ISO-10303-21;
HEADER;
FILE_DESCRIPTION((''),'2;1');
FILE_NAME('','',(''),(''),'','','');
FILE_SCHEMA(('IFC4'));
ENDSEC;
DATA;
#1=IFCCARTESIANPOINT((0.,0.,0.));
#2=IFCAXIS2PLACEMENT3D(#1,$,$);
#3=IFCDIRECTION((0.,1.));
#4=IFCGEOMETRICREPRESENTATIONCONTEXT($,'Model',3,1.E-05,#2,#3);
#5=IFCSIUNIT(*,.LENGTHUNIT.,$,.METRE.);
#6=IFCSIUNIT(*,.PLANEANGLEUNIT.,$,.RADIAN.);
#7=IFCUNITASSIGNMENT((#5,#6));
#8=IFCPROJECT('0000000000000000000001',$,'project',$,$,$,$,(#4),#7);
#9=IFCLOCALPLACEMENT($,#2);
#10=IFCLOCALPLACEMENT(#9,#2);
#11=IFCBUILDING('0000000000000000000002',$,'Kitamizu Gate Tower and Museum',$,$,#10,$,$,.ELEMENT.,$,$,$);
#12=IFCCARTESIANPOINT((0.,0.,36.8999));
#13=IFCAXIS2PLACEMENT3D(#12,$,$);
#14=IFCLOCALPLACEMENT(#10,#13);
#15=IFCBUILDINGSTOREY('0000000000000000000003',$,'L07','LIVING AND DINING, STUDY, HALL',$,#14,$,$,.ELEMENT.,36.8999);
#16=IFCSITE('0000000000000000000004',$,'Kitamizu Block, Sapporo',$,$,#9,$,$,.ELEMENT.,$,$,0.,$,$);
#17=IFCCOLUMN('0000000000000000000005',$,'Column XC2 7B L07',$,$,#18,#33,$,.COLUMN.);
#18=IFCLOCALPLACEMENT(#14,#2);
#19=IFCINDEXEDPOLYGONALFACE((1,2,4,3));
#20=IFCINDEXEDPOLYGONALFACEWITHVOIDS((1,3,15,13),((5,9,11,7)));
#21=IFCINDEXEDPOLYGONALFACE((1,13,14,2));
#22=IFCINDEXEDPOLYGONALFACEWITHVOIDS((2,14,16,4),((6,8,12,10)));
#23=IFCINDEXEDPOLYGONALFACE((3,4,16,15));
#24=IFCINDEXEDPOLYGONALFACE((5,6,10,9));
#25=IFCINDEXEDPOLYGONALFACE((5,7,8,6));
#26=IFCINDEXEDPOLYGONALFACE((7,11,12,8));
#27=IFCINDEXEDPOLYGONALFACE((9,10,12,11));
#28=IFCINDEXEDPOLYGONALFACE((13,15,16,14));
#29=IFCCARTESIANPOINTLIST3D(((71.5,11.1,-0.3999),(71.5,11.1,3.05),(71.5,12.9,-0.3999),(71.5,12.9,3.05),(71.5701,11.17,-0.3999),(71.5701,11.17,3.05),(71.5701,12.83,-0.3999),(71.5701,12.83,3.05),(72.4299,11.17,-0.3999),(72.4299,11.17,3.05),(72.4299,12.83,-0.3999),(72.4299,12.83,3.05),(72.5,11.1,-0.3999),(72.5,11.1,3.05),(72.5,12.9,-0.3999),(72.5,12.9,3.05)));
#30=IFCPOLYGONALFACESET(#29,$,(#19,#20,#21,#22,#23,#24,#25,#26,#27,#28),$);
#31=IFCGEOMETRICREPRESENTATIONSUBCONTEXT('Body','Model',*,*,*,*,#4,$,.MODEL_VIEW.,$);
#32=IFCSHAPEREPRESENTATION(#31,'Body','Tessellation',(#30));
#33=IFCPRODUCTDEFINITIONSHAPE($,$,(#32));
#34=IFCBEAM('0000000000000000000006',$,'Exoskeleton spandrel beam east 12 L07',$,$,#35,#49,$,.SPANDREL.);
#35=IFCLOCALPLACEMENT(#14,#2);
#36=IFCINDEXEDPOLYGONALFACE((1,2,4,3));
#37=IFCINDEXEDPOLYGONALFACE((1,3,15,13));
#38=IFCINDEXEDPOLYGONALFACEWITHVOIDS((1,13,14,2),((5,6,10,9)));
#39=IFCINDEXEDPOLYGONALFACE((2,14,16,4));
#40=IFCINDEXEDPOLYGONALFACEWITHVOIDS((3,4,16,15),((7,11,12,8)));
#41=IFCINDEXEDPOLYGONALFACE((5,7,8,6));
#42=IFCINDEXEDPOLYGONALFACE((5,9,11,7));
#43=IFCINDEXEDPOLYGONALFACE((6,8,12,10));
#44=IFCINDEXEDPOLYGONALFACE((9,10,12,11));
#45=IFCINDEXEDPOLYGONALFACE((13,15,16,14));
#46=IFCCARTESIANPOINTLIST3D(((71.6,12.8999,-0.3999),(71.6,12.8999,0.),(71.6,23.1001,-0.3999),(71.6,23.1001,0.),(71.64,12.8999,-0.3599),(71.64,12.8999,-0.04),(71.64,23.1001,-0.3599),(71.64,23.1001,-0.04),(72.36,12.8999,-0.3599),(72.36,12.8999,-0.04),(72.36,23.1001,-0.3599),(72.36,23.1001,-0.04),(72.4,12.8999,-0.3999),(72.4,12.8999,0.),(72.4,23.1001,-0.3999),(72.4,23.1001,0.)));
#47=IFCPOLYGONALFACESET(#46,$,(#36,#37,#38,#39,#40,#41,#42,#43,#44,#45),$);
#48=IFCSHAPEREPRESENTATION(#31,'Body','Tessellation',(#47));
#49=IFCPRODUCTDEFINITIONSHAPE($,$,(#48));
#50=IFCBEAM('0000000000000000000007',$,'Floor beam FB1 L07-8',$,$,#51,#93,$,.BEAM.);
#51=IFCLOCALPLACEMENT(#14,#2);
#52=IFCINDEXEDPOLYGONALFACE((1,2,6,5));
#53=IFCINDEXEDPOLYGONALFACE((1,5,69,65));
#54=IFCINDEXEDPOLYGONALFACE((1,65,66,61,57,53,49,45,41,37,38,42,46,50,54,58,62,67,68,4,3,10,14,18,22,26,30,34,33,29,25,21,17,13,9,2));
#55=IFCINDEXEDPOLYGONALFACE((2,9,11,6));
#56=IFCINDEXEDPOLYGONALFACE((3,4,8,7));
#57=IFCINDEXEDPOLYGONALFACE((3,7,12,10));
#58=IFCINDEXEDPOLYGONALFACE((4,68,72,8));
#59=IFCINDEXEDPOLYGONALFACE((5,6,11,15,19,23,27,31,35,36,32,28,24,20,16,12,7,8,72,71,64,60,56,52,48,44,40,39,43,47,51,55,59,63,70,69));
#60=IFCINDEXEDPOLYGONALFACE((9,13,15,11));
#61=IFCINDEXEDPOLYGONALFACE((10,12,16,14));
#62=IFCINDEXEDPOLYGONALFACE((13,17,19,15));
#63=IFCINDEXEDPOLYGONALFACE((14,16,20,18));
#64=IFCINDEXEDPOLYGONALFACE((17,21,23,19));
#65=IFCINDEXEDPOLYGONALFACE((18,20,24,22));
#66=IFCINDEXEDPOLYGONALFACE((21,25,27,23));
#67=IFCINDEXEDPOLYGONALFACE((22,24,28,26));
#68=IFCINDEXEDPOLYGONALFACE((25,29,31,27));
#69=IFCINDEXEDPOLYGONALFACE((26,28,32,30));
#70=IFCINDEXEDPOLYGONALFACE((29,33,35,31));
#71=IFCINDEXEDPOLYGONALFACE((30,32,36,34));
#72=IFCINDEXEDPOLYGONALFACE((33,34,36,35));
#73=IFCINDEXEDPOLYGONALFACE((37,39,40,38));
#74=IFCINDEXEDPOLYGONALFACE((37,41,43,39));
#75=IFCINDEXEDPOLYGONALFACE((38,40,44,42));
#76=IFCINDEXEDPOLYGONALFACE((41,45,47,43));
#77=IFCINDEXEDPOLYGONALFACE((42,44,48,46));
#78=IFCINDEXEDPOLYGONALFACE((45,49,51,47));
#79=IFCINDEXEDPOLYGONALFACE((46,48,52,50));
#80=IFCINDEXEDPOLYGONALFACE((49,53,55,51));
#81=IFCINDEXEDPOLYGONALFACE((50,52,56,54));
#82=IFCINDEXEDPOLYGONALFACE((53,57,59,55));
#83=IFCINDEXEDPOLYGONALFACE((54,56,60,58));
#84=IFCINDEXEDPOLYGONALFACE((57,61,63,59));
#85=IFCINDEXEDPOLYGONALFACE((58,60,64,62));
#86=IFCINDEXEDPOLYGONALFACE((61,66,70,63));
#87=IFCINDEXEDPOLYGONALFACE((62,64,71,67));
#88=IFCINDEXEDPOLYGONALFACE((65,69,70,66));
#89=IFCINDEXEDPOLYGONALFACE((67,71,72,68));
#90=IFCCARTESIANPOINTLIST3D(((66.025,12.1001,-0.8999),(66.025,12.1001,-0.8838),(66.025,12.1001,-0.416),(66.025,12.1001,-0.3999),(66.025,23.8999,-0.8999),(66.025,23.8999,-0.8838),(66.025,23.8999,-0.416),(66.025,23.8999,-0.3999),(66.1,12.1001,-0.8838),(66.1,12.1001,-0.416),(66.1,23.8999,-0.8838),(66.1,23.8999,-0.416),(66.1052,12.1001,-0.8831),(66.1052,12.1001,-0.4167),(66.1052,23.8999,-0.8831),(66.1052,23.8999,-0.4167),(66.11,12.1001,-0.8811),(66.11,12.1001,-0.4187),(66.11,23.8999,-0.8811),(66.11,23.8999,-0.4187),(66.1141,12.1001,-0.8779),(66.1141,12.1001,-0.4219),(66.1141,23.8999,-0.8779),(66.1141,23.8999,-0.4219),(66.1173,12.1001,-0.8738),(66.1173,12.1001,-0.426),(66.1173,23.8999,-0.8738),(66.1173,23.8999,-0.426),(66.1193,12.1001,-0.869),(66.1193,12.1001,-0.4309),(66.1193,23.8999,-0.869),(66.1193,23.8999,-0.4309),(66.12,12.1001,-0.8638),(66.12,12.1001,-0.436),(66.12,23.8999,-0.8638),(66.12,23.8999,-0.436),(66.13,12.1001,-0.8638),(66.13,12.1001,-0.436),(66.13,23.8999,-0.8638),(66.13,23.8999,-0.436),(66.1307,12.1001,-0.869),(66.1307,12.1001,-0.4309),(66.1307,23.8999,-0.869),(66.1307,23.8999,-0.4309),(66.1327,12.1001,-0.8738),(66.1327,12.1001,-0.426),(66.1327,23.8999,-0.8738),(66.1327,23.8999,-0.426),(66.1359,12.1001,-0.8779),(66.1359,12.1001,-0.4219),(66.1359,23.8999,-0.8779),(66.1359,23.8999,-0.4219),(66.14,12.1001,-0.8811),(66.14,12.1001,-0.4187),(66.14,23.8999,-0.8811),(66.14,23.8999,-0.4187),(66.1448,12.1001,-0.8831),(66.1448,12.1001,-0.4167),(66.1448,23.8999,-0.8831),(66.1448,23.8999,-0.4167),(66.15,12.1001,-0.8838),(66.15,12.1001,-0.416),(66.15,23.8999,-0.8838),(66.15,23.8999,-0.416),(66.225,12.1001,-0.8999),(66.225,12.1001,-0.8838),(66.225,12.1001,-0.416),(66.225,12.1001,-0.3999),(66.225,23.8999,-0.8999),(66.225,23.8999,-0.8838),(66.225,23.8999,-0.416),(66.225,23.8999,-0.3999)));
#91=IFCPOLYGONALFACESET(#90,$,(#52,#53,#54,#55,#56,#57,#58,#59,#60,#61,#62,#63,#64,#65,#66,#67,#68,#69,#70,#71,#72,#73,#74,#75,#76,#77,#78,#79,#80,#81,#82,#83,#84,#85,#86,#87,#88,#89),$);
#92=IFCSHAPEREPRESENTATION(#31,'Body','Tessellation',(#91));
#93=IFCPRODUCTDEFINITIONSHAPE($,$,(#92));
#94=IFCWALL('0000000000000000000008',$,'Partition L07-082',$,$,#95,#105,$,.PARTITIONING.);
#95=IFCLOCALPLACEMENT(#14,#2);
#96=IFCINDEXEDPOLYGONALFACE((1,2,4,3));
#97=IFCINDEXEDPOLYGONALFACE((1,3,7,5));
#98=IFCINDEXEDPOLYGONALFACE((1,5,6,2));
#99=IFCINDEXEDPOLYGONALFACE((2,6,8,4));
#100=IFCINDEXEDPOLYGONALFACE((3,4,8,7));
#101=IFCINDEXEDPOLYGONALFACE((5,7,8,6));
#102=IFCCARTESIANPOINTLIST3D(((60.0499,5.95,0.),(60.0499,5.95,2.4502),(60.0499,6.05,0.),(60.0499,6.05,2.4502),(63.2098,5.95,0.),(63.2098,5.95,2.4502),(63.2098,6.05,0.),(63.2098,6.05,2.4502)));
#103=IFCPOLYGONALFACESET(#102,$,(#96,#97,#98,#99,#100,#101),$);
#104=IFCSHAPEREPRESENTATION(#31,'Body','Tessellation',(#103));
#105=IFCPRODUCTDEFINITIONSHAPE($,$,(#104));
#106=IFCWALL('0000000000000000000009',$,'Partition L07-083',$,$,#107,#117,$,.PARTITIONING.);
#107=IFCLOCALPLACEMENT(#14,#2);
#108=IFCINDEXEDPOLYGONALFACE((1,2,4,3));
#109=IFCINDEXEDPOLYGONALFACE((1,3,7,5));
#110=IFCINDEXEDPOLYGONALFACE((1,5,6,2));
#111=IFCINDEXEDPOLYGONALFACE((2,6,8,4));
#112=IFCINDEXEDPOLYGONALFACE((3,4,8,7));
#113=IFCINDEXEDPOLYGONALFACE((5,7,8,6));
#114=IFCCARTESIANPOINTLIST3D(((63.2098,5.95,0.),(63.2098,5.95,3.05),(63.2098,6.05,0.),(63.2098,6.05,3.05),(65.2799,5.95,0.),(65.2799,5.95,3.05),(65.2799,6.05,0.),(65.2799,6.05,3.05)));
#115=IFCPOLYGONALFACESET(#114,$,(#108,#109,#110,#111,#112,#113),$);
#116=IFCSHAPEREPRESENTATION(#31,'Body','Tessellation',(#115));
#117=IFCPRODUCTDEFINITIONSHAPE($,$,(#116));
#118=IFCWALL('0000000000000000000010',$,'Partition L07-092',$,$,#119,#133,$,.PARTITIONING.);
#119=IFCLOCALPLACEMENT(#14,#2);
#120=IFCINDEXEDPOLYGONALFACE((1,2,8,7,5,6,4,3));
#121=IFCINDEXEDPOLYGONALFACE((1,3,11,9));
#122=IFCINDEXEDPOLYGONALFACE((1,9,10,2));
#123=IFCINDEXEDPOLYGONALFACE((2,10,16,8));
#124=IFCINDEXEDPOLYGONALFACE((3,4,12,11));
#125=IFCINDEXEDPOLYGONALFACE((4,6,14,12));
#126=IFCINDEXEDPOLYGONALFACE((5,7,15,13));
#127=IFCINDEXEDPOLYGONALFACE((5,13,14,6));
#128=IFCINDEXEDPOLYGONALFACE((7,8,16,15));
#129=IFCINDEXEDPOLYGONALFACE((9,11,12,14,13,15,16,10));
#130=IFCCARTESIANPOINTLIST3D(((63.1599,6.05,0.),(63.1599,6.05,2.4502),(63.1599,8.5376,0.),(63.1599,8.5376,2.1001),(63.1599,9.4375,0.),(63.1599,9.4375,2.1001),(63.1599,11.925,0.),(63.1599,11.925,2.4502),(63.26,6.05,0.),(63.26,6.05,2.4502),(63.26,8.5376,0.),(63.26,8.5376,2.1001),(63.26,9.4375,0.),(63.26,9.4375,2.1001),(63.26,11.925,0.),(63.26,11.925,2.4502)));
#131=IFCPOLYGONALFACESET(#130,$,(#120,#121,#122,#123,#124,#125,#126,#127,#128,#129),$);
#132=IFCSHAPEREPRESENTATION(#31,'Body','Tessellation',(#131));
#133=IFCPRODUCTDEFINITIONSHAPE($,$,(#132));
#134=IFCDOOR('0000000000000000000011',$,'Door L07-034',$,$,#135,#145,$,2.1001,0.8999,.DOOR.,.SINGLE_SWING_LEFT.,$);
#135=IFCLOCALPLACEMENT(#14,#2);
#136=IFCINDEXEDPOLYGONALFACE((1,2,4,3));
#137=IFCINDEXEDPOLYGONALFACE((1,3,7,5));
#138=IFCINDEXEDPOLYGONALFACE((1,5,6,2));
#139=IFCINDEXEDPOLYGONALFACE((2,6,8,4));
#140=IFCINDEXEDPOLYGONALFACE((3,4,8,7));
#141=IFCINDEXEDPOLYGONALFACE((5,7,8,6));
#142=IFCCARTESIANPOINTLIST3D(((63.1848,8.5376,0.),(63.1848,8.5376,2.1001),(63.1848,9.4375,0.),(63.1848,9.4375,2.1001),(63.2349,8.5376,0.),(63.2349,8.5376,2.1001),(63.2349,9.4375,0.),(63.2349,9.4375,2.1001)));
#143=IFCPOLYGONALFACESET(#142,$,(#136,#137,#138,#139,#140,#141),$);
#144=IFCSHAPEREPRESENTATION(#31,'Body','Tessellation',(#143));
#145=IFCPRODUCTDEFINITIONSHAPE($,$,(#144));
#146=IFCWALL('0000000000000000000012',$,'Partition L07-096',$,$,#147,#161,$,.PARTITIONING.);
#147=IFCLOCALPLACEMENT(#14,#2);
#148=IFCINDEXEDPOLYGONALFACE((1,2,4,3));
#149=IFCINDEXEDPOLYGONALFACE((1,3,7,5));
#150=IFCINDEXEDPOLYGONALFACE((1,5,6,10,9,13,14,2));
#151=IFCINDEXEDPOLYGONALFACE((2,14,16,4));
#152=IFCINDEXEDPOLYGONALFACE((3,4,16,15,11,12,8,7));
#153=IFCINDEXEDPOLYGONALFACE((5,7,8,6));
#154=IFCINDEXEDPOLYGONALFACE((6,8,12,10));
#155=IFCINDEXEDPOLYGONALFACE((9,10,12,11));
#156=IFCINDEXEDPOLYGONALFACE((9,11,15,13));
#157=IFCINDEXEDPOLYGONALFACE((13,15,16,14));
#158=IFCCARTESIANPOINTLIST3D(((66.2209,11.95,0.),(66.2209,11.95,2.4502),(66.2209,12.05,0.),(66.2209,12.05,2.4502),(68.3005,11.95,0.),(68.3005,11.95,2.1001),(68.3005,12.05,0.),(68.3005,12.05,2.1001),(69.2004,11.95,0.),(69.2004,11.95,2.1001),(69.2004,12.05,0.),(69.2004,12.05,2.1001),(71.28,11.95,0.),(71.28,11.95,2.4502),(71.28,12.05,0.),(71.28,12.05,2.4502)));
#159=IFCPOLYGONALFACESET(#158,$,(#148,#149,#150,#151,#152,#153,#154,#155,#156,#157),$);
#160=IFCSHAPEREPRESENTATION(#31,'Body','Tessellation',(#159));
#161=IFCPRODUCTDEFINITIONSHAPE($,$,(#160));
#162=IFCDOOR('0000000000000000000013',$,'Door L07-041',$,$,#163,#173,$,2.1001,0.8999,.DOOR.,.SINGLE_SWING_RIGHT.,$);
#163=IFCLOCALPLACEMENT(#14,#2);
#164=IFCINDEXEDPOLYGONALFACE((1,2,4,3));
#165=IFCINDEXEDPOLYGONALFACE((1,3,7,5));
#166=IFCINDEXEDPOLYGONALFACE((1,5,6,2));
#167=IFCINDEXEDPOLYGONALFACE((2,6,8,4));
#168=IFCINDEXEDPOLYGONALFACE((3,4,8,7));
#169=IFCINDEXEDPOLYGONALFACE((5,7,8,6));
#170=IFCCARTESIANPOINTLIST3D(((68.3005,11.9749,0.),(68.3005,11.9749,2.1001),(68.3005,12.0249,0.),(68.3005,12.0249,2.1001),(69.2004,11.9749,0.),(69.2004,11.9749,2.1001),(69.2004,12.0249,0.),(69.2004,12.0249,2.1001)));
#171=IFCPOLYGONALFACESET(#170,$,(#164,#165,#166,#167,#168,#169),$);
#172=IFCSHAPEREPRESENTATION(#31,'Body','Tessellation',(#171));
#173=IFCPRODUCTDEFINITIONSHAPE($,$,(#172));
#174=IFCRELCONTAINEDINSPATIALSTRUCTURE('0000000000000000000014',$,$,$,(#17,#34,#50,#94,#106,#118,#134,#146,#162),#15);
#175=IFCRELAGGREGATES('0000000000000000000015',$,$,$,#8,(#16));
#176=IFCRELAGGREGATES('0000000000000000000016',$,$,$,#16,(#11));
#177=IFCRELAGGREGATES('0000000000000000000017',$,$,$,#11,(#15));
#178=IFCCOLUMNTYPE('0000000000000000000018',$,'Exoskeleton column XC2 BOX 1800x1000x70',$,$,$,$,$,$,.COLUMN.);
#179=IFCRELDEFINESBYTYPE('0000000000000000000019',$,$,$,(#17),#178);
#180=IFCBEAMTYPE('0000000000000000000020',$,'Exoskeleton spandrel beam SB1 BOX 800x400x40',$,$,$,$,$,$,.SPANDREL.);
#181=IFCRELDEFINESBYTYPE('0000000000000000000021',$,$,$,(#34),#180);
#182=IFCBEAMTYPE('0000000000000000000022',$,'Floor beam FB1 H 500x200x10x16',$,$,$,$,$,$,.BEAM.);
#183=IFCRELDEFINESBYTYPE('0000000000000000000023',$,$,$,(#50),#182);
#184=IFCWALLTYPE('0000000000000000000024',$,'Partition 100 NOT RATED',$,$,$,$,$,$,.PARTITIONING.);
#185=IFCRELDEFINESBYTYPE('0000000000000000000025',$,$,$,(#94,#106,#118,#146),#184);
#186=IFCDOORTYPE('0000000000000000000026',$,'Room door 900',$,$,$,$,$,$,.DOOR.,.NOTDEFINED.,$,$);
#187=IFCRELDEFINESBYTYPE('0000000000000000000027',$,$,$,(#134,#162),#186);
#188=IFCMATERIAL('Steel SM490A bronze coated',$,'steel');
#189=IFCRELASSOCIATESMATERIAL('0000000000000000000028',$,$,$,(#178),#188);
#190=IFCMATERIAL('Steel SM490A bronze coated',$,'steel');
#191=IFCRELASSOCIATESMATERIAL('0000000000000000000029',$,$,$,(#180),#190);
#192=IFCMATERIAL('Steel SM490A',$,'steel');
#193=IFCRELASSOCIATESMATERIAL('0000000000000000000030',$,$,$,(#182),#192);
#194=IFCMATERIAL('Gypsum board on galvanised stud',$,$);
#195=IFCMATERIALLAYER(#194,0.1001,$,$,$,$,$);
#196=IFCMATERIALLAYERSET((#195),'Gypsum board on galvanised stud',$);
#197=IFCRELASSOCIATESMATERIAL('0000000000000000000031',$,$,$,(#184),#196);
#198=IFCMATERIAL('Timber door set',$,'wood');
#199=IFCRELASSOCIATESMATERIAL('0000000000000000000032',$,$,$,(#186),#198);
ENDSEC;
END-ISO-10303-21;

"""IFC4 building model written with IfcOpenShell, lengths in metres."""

from ifc_helpers import new_model, si_unit, direction, frame, frame_2d, origin, origin_2d, place, context, subcontext, project, spatial, rectangle, hollow_rectangle, i_section, extrude, material, layer, layer_set, material_profile, profile_set, type_object, element, fill, save


model = new_model("IFC4")

# Units and contexts
model_context = context("Model", 3, precision=1e-05, world=origin(), true_north=direction((0.0, 1.0)))
body_context = subcontext(model_context, "Body", "Model", "MODEL_VIEW")
ifc_project = project(units=[si_unit("LENGTHUNIT", "METRE"), si_unit("PLANEANGLEUNIT", "RADIAN")], contexts=[model_context])

# Site, building, storey
site_placement = place(None, origin())
site = spatial("IfcSite", under=ifc_project, at=site_placement, Name="Kitamizu Block, Sapporo", CompositionType="ELEMENT", RefElevation=0.0)
building_placement = place(site_placement, origin())
building = spatial("IfcBuilding", under=site, at=building_placement, Name="Kitamizu Gate Tower and Museum", CompositionType="ELEMENT")
storey_placement = place(building_placement, frame((0.0, 0.0, 36.8999)))
storey = spatial("IfcBuildingStorey", under=building, at=storey_placement, Name="L07", Description="LIVING AND DINING, STUDY, HALL", CompositionType="ELEMENT", Elevation=36.8999)

# Column
ifc_material_1 = material(Name="Steel SM490A bronze coated", Category="steel")
ifc_material_profile_1 = material_profile(ifc_material_1, hollow_rectangle(XDim=1.8, YDim=1.0, WallThickness=0.0701, at=origin_2d()), Name="BOX 1800x1000x70")
ifc_profile_set_1 = profile_set([ifc_material_profile_1], Name="Steel SM490A bronze coated")
column_type = type_object("IfcColumnType", Name="Exoskeleton column XC2 BOX 1800x1000x70", PredefinedType="COLUMN", material=ifc_profile_set_1)
column_placement = place(storey_placement, frame((72.0, 12.0, -0.3999), z_axis=(0.0, 0.0, 1.0), x_axis=(0.0, 1.0, 0.0)))
element("IfcColumn", 1, at=column_placement, inside=storey, type_object=column_type, Name="Column XC2 7B L07", PredefinedType="COLUMN", context=body_context, shape_type="SweptSolid", body=[
    extrude(hollow_rectangle(XDim=1.8, YDim=1.0, WallThickness=0.0701, at=origin_2d()), origin(), (0.0, 0.0, 1.0), 3.45),
])

# Beams
ifc_material_2 = material(Name="Steel SM490A bronze coated", Category="steel")
ifc_material_profile_2 = material_profile(ifc_material_2, hollow_rectangle(XDim=0.8, YDim=0.3999, WallThickness=0.04, at=origin_2d()), Name="BOX 800x400x40")
ifc_profile_set_2 = profile_set([ifc_material_profile_2], Name="Steel SM490A bronze coated")
beam_type_1 = type_object("IfcBeamType", Name="Exoskeleton spandrel beam SB1 BOX 800x400x40", PredefinedType="SPANDREL", material=ifc_profile_set_2)
beam_1_placement = place(storey_placement, frame((72.0, 12.8999, -0.2), z_axis=(0.0, 1.0, 0.0), x_axis=(-1.0, 0.0, 0.0)))
element("IfcBeam", 2, at=beam_1_placement, inside=storey, type_object=beam_type_1, Name="Exoskeleton spandrel beam east 12 L07", PredefinedType="SPANDREL", context=body_context, shape_type="SweptSolid", body=[
    extrude(hollow_rectangle(XDim=0.8, YDim=0.3999, WallThickness=0.04, at=origin_2d()), origin(), (0.0, 0.0, 1.0), 10.2002),
])
ifc_material_3 = material(Name="Steel SM490A", Category="steel")
ifc_material_profile_3 = material_profile(ifc_material_3, i_section(OverallWidth=0.2, OverallDepth=0.5, WebThickness=0.01, FlangeThickness=0.0161, FilletRadius=0.02, at=origin_2d()), Name="H-500x200x10x16")
ifc_profile_set_3 = profile_set([ifc_material_profile_3], Name="Steel SM490A")
beam_type_2 = type_object("IfcBeamType", Name="Floor beam FB1 H 500x200x10x16", PredefinedType="BEAM", material=ifc_profile_set_3)
beam_2_placement = place(storey_placement, frame((66.125, 12.1001, -0.6499), z_axis=(0.0, 1.0, 0.0), x_axis=(-1.0, 0.0, 0.0)))
element("IfcBeam", 3, at=beam_2_placement, inside=storey, type_object=beam_type_2, Name="Floor beam FB1 L07-8", PredefinedType="BEAM", context=body_context, shape_type="SweptSolid", body=[
    extrude(i_section(OverallWidth=0.2, OverallDepth=0.5, WebThickness=0.01, FlangeThickness=0.0161, FilletRadius=0.02, at=origin_2d()), origin(), (0.0, 0.0, 1.0), 11.7998),
])

# Walls
ifc_material_4 = material(Name="Gypsum board on galvanised stud")
ifc_layer_1 = layer(ifc_material_4, 0.1001)
ifc_layer_set_1 = layer_set([ifc_layer_1], Name="Gypsum board on galvanised stud")
wall_type_1 = type_object("IfcWallType", Name="Partition 100 NOT RATED", PredefinedType="PARTITIONING", material=ifc_layer_set_1)
wall_1_placement = place(storey_placement, frame((63.21, 6.0, 0.0), z_axis=(0.0, 0.0, 1.0), x_axis=(-1.0, 0.0, 0.0)))
element("IfcWall", 4, at=wall_1_placement, inside=storey, type_object=wall_type_1, Name="Partition L07-082", PredefinedType="PARTITIONING", context=body_context, shape_type="SweptSolid", body=[
    extrude(rectangle(XDim=3.1599, YDim=0.1001, at=frame_2d((1.5801, 0.0))), origin(), (0.0, 0.0, 1.0), 2.4502),
])
wall_2_placement = place(storey_placement, frame((65.28, 6.0, 0.0), z_axis=(0.0, 0.0, 1.0), x_axis=(-1.0, 0.0, 0.0)))
element("IfcWall", 5, at=wall_2_placement, inside=storey, type_object=wall_type_1, Name="Partition L07-083", PredefinedType="PARTITIONING", context=body_context, shape_type="SweptSolid", body=[
    extrude(rectangle(XDim=2.0701, YDim=0.1001, at=frame_2d((1.0352, 0.0))), origin(), (0.0, 0.0, 1.0), 3.05),
])

# Walls, openings, doors
wall_3_placement = place(storey_placement, frame((63.21, 6.05, 0.0), z_axis=(0.0, 0.0, 1.0), x_axis=(0.0, 1.0, 0.0)))
wall_3 = element("IfcWall", 6, at=wall_3_placement, inside=storey, type_object=wall_type_1, Name="Partition L07-092", PredefinedType="PARTITIONING", context=body_context, shape_type="SweptSolid", body=[
    extrude(rectangle(XDim=5.875, YDim=0.1001, at=frame_2d((2.9375, 0.0))), origin(), (0.0, 0.0, 1.0), 2.4502),
])
opening_1_placement = place(wall_3_placement, frame((2.4875, 0.0, 0.0)))
opening_1 = element("IfcOpeningElement", 7, at=opening_1_placement, cuts=wall_3, PredefinedType="OPENING", context=body_context, shape_type="SweptSolid", body=[
    extrude(rectangle(XDim=0.8999, YDim=2.1001, at=frame_2d((0.45, 1.05))), frame((0.0, 0.0601, 0.0), z_axis=(0.0, -1.0, 0.0), x_axis=(1.0, 0.0, 0.0)), (0.0, 0.0, 1.0), 0.1201),
])
ifc_material_5 = material(Name="Timber door set", Category="wood")
door_type_1 = type_object("IfcDoorType", Name="Room door 900", OperationType="NOTDEFINED", PredefinedType="DOOR", material=ifc_material_5)
door_1_placement = place(opening_1_placement, frame((0.8999, 0.0, 0.0), x_axis=(-1.0, 0.0, 0.0)))
door_1 = element("IfcDoor", 8, at=door_1_placement, inside=storey, type_object=door_type_1, Name="Door L07-034", OperationType="SINGLE_SWING_LEFT", OverallHeight=2.1001, OverallWidth=0.8999, PredefinedType="DOOR", context=body_context, shape_type="SweptSolid", body=[
    extrude(rectangle(XDim=0.8999, YDim=2.1001, at=frame_2d((0.45, 1.05))), frame((0.0, 0.0249, 0.0), z_axis=(0.0, -1.0, 0.0), x_axis=(1.0, 0.0, 0.0)), (0.0, 0.0, 1.0), 0.05),
])
fill(opening_1, door_1)
wall_4_placement = place(storey_placement, frame((71.28, 12.0, 0.0), z_axis=(0.0, 0.0, 1.0), x_axis=(-1.0, 0.0, 0.0)))
wall_4 = element("IfcWall", 9, at=wall_4_placement, inside=storey, type_object=wall_type_1, Name="Partition L07-096", PredefinedType="PARTITIONING", context=body_context, shape_type="SweptSolid", body=[
    extrude(rectangle(XDim=5.0591, YDim=0.1001, at=frame_2d((2.5295, 0.0))), origin(), (0.0, 0.0, 1.0), 2.4502),
])
opening_2_placement = place(wall_4_placement, frame((2.0796, 0.0, 0.0)))
opening_2 = element("IfcOpeningElement", 10, at=opening_2_placement, cuts=wall_4, PredefinedType="OPENING", context=body_context, shape_type="SweptSolid", body=[
    extrude(rectangle(XDim=0.8999, YDim=2.1001, at=frame_2d((0.45, 1.05))), frame((0.0, 0.0601, 0.0), z_axis=(0.0, -1.0, 0.0), x_axis=(1.0, 0.0, 0.0)), (0.0, 0.0, 1.0), 0.1201),
])
door_2_placement = place(opening_2_placement, frame((0.8999, 0.0, 0.0), x_axis=(-1.0, 0.0, 0.0)))
door_2 = element("IfcDoor", 11, at=door_2_placement, inside=storey, type_object=door_type_1, Name="Door L07-041", OperationType="SINGLE_SWING_RIGHT", OverallHeight=2.1001, OverallWidth=0.8999, PredefinedType="DOOR", context=body_context, shape_type="SweptSolid", body=[
    extrude(rectangle(XDim=0.8999, YDim=2.1001, at=frame_2d((0.45, 1.05))), frame((0.0, 0.0249, 0.0), z_axis=(0.0, -1.0, 0.0), x_axis=(1.0, 0.0, 0.0)), (0.0, 0.0, 1.0), 0.05),
])
fill(opening_2, door_2)

save(model, "model.ifc")
